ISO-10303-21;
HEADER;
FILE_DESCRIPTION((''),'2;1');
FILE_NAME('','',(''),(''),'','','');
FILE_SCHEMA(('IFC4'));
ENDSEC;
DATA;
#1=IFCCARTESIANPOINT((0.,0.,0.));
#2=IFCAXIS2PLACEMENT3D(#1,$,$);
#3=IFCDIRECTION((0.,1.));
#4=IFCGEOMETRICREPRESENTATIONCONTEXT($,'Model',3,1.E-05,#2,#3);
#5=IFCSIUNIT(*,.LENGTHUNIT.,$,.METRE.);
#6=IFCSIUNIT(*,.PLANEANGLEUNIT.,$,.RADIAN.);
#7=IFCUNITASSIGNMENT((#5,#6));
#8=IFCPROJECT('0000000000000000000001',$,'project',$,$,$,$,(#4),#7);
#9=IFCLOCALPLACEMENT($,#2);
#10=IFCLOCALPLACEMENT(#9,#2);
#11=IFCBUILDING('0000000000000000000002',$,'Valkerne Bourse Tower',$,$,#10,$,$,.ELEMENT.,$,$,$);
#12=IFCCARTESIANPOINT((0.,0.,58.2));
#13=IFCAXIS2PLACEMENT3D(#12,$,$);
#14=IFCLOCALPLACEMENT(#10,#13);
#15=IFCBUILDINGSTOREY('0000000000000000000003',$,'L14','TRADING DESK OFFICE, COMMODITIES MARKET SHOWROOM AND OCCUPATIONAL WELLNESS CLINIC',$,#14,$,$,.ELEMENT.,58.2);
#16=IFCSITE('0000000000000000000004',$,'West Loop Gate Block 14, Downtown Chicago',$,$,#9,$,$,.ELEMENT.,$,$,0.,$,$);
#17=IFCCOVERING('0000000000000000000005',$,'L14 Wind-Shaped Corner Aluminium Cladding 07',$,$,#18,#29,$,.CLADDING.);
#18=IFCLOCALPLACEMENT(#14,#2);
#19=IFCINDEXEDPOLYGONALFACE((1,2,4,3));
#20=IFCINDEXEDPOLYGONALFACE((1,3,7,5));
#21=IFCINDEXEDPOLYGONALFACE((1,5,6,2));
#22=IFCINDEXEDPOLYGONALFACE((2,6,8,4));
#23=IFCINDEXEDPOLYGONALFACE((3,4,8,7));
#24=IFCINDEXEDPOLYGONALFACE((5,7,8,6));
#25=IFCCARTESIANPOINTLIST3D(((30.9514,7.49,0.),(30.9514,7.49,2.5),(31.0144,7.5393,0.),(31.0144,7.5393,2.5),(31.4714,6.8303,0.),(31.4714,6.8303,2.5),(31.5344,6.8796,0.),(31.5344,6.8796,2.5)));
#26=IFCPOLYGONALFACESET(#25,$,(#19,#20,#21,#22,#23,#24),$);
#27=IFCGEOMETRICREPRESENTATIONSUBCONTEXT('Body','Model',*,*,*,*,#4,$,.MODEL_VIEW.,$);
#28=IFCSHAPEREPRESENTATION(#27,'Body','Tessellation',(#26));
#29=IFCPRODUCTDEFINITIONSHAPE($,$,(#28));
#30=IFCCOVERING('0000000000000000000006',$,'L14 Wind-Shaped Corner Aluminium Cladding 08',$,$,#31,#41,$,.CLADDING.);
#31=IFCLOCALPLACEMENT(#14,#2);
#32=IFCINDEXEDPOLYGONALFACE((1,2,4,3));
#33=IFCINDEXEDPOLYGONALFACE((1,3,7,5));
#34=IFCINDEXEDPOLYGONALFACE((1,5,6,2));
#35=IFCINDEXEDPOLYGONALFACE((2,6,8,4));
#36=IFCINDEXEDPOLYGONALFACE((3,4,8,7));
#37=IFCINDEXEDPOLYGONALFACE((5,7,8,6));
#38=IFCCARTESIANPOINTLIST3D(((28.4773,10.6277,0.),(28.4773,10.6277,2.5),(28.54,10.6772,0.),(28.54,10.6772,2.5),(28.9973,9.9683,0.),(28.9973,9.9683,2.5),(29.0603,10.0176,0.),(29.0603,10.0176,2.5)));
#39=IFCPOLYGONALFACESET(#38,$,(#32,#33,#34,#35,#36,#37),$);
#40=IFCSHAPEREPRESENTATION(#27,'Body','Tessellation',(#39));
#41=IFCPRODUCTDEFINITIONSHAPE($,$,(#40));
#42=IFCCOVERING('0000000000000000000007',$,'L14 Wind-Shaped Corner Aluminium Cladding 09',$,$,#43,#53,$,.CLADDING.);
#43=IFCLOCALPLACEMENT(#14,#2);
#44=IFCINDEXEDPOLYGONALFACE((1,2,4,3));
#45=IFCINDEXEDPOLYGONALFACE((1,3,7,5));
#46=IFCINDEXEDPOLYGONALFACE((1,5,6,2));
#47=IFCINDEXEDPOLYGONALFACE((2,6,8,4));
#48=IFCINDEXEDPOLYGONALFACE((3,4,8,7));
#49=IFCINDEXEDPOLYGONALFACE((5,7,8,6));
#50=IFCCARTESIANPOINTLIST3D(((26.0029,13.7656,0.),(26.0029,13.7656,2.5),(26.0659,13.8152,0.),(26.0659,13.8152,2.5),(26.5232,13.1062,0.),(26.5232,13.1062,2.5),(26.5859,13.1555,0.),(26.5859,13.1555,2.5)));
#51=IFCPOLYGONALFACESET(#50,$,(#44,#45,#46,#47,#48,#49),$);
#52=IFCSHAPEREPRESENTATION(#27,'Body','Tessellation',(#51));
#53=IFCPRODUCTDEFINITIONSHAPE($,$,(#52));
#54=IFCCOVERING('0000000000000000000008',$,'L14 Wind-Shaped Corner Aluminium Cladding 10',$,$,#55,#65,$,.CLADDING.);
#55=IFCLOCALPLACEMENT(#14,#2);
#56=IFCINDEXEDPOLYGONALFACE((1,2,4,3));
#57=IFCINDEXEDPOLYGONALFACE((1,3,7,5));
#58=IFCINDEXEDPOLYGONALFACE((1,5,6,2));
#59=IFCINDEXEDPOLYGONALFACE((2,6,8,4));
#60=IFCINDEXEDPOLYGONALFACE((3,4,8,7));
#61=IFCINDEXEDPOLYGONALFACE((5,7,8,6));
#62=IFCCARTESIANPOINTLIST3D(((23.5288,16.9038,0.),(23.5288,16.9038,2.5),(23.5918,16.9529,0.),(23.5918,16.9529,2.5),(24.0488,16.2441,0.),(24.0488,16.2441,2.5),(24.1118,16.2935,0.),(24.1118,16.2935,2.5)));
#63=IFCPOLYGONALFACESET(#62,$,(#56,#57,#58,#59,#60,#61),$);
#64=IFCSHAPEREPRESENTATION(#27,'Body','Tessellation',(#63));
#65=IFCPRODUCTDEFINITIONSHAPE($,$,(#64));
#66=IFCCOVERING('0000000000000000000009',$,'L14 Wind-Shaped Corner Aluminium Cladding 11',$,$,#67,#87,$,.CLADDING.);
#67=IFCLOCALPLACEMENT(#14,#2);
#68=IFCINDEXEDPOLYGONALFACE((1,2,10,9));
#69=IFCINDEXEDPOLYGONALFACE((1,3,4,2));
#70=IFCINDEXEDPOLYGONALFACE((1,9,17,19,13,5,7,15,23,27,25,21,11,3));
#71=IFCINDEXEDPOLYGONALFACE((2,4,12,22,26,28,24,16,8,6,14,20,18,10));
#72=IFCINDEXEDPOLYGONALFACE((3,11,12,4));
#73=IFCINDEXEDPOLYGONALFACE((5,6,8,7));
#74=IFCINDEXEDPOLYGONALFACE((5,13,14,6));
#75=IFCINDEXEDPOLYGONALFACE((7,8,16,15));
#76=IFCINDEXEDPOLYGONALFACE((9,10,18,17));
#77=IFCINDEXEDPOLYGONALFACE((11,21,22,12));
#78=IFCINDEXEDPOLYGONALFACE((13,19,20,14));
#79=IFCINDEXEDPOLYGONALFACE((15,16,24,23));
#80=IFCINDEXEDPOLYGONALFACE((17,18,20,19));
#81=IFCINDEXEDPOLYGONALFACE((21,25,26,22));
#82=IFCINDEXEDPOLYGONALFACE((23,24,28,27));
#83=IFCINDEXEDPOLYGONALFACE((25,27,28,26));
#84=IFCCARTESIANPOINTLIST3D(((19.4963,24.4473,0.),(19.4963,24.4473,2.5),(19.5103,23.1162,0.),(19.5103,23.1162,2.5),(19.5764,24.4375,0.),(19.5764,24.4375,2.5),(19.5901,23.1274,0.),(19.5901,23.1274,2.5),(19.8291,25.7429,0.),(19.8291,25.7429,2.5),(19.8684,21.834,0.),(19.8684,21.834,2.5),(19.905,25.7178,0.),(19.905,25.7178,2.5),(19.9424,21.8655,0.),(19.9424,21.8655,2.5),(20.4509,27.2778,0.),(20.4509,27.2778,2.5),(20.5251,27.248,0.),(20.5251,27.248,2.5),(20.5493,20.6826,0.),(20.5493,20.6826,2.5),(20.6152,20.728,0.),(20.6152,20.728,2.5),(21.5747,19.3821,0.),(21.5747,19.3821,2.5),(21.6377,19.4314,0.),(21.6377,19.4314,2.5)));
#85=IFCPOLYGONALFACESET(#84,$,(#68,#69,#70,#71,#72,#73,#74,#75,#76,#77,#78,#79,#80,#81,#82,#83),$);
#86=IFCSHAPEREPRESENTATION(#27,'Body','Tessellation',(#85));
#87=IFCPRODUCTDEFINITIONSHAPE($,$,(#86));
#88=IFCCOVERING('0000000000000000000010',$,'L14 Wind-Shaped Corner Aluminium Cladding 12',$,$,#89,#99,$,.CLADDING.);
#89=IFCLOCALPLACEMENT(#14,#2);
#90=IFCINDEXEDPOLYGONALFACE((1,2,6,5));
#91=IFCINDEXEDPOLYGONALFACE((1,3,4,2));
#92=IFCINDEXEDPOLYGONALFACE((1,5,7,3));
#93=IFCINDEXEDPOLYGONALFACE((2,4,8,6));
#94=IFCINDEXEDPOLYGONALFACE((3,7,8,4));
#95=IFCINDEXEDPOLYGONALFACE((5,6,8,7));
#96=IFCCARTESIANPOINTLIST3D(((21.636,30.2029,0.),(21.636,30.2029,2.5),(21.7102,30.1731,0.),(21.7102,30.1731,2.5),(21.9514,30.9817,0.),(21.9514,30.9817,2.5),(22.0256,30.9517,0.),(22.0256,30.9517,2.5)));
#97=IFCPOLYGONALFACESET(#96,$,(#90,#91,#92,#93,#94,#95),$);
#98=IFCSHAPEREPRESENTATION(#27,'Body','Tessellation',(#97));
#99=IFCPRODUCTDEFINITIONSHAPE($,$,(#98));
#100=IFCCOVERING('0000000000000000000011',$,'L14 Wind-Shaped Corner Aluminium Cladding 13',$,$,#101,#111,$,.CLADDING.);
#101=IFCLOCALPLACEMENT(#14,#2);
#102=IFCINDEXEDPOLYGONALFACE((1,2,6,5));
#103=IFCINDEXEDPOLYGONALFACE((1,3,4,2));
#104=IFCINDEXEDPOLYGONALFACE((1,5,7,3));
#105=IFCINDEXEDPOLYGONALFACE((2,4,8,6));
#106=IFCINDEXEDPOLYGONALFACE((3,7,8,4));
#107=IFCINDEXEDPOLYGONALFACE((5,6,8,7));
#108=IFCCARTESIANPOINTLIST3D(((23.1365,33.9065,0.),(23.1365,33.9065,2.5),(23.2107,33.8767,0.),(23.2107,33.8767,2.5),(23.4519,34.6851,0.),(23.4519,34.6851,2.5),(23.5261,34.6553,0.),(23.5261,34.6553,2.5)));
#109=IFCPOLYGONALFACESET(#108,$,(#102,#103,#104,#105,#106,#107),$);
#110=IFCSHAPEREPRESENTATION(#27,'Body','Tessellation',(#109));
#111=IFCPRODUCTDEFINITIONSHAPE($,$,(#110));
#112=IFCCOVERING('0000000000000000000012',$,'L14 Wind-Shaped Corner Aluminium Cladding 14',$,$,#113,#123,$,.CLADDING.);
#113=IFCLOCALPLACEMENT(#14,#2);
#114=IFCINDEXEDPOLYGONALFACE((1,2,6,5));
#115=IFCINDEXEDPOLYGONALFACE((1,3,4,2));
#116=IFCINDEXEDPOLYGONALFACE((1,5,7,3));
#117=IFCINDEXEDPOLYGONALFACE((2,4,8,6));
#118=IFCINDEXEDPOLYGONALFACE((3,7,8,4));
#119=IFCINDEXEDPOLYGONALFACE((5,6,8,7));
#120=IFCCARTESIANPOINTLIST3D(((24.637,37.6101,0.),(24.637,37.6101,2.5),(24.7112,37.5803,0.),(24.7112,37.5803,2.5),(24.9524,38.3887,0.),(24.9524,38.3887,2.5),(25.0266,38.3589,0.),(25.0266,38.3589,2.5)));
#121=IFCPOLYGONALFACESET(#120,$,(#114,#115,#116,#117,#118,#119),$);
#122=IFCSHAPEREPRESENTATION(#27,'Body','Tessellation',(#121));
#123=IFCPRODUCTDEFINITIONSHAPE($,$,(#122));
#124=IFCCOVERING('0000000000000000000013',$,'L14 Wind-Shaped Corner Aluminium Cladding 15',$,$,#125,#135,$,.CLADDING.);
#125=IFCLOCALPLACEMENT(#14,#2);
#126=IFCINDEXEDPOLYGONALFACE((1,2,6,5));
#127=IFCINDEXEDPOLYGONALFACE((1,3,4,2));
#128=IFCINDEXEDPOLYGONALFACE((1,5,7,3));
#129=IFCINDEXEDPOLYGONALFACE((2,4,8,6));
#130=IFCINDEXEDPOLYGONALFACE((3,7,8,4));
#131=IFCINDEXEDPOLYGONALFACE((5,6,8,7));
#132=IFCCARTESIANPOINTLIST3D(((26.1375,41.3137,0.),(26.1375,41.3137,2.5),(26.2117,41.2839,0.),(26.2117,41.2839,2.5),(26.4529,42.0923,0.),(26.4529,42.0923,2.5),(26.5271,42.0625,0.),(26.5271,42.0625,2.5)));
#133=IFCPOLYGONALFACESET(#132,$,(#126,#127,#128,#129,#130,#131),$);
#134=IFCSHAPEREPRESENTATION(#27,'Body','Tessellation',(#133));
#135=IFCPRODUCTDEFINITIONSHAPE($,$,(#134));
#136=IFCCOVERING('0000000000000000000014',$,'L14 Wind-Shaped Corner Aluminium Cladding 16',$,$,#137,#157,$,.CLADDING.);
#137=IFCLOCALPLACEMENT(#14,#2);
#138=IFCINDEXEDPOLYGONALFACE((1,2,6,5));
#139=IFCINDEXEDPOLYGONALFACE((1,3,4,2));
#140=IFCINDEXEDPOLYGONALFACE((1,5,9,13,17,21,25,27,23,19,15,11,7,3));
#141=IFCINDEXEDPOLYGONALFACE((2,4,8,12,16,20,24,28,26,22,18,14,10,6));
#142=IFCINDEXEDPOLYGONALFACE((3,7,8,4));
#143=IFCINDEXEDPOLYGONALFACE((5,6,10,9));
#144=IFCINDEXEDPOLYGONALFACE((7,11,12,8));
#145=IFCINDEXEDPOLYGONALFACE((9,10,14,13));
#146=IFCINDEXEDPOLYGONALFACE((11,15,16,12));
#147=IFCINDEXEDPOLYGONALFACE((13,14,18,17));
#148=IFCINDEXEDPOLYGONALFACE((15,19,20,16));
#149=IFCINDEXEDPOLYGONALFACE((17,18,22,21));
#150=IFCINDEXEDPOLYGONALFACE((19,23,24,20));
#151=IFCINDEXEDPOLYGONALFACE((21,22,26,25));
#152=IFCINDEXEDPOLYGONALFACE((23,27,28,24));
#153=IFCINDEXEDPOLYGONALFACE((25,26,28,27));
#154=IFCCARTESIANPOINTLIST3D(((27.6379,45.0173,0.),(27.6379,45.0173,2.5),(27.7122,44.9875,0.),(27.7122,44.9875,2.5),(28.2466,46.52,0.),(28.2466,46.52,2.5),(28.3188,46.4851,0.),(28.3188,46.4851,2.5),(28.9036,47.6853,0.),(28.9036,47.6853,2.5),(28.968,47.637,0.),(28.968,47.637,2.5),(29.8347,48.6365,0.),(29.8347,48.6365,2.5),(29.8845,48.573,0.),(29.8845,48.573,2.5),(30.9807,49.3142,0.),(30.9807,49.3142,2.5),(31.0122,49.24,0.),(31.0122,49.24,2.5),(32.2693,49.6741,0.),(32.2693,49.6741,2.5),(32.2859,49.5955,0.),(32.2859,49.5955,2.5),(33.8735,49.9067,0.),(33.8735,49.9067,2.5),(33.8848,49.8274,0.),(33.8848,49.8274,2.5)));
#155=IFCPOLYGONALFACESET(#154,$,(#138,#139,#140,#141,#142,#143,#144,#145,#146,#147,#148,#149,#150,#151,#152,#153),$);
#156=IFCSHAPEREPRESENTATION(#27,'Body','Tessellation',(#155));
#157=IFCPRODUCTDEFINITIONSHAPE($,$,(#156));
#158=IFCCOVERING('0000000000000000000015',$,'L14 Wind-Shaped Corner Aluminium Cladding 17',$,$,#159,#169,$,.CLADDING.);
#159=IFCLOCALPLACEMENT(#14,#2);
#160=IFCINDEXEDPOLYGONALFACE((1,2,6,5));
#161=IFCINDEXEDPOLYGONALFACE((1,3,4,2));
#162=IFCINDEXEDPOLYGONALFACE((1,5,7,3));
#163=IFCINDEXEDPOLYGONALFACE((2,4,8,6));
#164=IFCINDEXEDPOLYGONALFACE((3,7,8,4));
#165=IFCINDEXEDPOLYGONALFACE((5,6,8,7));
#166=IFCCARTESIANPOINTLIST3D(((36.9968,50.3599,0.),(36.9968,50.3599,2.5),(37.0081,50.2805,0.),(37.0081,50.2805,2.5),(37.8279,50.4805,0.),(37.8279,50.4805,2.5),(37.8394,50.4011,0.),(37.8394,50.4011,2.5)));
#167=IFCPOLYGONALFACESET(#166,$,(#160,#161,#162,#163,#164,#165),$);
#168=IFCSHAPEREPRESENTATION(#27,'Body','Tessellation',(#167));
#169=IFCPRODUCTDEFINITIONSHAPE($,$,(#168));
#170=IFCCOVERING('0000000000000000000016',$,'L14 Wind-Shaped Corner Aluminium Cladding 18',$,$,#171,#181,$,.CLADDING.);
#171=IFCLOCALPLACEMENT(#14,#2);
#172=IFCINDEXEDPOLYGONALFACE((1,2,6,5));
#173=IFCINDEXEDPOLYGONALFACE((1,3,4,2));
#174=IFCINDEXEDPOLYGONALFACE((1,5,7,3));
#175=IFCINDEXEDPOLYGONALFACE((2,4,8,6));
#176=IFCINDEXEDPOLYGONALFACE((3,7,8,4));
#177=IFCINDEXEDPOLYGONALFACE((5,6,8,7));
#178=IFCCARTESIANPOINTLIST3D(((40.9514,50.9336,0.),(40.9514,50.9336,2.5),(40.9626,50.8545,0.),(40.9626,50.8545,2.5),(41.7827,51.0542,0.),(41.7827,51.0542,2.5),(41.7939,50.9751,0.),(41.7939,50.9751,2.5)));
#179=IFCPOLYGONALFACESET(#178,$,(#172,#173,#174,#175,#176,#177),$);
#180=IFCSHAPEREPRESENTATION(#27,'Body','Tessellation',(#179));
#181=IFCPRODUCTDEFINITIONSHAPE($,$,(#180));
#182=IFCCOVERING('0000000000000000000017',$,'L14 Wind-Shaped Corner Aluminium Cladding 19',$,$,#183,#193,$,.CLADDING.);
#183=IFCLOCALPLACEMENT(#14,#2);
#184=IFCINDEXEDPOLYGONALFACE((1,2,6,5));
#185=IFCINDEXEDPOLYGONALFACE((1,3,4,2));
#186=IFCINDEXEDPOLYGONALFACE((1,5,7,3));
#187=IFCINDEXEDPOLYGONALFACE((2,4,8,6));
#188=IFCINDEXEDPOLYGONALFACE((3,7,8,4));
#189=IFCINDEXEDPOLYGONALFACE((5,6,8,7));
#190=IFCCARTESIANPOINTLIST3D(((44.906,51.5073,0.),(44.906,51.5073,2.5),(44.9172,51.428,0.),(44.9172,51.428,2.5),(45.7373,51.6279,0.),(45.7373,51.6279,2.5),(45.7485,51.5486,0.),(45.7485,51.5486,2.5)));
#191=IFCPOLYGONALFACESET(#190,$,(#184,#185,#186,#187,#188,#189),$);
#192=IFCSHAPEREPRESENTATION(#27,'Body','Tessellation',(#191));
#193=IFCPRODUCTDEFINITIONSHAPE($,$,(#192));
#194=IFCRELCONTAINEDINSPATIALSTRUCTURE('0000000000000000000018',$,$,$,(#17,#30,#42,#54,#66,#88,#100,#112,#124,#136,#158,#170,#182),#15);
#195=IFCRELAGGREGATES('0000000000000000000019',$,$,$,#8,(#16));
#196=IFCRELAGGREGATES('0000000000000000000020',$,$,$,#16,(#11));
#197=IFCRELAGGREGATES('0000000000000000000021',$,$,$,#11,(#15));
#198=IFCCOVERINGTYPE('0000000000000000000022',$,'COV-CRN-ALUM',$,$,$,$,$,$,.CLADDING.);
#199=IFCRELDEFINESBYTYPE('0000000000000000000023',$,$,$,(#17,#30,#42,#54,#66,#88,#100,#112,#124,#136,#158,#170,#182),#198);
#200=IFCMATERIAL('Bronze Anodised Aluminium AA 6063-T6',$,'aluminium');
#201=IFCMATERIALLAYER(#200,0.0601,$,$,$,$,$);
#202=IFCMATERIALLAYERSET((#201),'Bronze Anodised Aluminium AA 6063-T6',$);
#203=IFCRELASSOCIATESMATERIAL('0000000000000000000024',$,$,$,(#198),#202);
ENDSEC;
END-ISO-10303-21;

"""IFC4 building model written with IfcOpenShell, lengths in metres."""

from ifc_helpers import new_model, si_unit, direction, frame, origin, place, context, subcontext, project, spatial, polyline, outline, extrude, material, layer, layer_set, type_object, element, save


model = new_model("IFC4")

# Units and contexts
model_context = context("Model", 3, precision=1e-05, world=origin(), true_north=direction((0.0, 1.0)))
body_context = subcontext(model_context, "Body", "Model", "MODEL_VIEW")
ifc_project = project(units=[si_unit("LENGTHUNIT", "METRE"), si_unit("PLANEANGLEUNIT", "RADIAN")], contexts=[model_context])

# Site, building, storey
site_placement = place(None, origin())
site = spatial("IfcSite", under=ifc_project, at=site_placement, Name="West Loop Gate Block 14, Downtown Chicago", CompositionType="ELEMENT", RefElevation=0.0)
building_placement = place(site_placement, origin())
building = spatial("IfcBuilding", under=site, at=building_placement, Name="Valkerne Bourse Tower", CompositionType="ELEMENT")
storey_placement = place(building_placement, frame((0.0, 0.0, 58.2)))
storey = spatial("IfcBuildingStorey", under=building, at=storey_placement, Name="L14", Description="TRADING DESK OFFICE, COMMODITIES MARKET SHOWROOM AND OCCUPATIONAL WELLNESS CLINIC", CompositionType="ELEMENT", Elevation=58.2)

# Coverings
ifc_material_1 = material(Name="Bronze Anodised Aluminium AA 6063-T6", Category="aluminium")
ifc_layer_1 = layer(ifc_material_1, 0.0601)
ifc_layer_set_1 = layer_set([ifc_layer_1], Name="Bronze Anodised Aluminium AA 6063-T6")
covering_type = type_object("IfcCoveringType", Name="COV-CRN-ALUM", PredefinedType="CLADDING", material=ifc_layer_set_1)
covering_1_placement = place(storey_placement, origin())
element("IfcCovering", 1, at=covering_1_placement, inside=storey, type_object=covering_type, Name="L14 Wind-Shaped Corner Aluminium Cladding 07", PredefinedType="CLADDING", context=body_context, shape_type="SweptSolid", body=[
    extrude(outline(polyline([(30.9514, 7.49), (31.0144, 7.5393), (31.5344, 6.8796), (31.4714, 6.8303), (30.9514, 7.49)])), origin(), (0.0, 0.0, 1.0), 2.5),
])
covering_2_placement = place(storey_placement, origin())
element("IfcCovering", 2, at=covering_2_placement, inside=storey, type_object=covering_type, Name="L14 Wind-Shaped Corner Aluminium Cladding 08", PredefinedType="CLADDING", context=body_context, shape_type="SweptSolid", body=[
    extrude(outline(polyline([(28.4773, 10.6277), (28.54, 10.6772), (29.0603, 10.0176), (28.9973, 9.9683), (28.4773, 10.6277)])), origin(), (0.0, 0.0, 1.0), 2.5),
])
covering_3_placement = place(storey_placement, origin())
element("IfcCovering", 3, at=covering_3_placement, inside=storey, type_object=covering_type, Name="L14 Wind-Shaped Corner Aluminium Cladding 09", PredefinedType="CLADDING", context=body_context, shape_type="SweptSolid", body=[
    extrude(outline(polyline([(26.0029, 13.7656), (26.0659, 13.8152), (26.5859, 13.1555), (26.5232, 13.1062), (26.0029, 13.7656)])), origin(), (0.0, 0.0, 1.0), 2.5),
])
covering_4_placement = place(storey_placement, origin())
element("IfcCovering", 4, at=covering_4_placement, inside=storey, type_object=covering_type, Name="L14 Wind-Shaped Corner Aluminium Cladding 10", PredefinedType="CLADDING", context=body_context, shape_type="SweptSolid", body=[
    extrude(outline(polyline([(23.5288, 16.9038), (23.5918, 16.9529), (24.1118, 16.2935), (24.0488, 16.2441), (23.5288, 16.9038)])), origin(), (0.0, 0.0, 1.0), 2.5),
])
covering_5_placement = place(storey_placement, origin())
element("IfcCovering", 5, at=covering_5_placement, inside=storey, type_object=covering_type, Name="L14 Wind-Shaped Corner Aluminium Cladding 11", PredefinedType="CLADDING", context=body_context, shape_type="SweptSolid", body=[
    extrude(outline(polyline([(20.5493, 20.6826), (19.8684, 21.834), (19.5103, 23.1162), (19.4963, 24.4473), (19.8291, 25.7429), (20.4509, 27.2778), (20.5251, 27.248), (19.905, 25.7178), (19.5764, 24.4375), (19.5901, 23.1274), (19.9424, 21.8655), (20.6152, 20.728), (21.6377, 19.4314), (21.5747, 19.3821), (20.5493, 20.6826)])), origin(), (0.0, 0.0, 1.0), 2.5),
])
covering_6_placement = place(storey_placement, origin())
element("IfcCovering", 6, at=covering_6_placement, inside=storey, type_object=covering_type, Name="L14 Wind-Shaped Corner Aluminium Cladding 12", PredefinedType="CLADDING", context=body_context, shape_type="SweptSolid", body=[
    extrude(outline(polyline([(21.9514, 30.9817), (22.0256, 30.9517), (21.7102, 30.1731), (21.636, 30.2029), (21.9514, 30.9817)])), origin(), (0.0, 0.0, 1.0), 2.5),
])
covering_7_placement = place(storey_placement, origin())
element("IfcCovering", 7, at=covering_7_placement, inside=storey, type_object=covering_type, Name="L14 Wind-Shaped Corner Aluminium Cladding 13", PredefinedType="CLADDING", context=body_context, shape_type="SweptSolid", body=[
    extrude(outline(polyline([(23.4519, 34.6851), (23.5261, 34.6553), (23.2107, 33.8767), (23.1365, 33.9065), (23.4519, 34.6851)])), origin(), (0.0, 0.0, 1.0), 2.5),
])
covering_8_placement = place(storey_placement, origin())
element("IfcCovering", 8, at=covering_8_placement, inside=storey, type_object=covering_type, Name="L14 Wind-Shaped Corner Aluminium Cladding 14", PredefinedType="CLADDING", context=body_context, shape_type="SweptSolid", body=[
    extrude(outline(polyline([(24.9524, 38.3887), (25.0266, 38.3589), (24.7112, 37.5803), (24.637, 37.6101), (24.9524, 38.3887)])), origin(), (0.0, 0.0, 1.0), 2.5),
])
covering_9_placement = place(storey_placement, origin())
element("IfcCovering", 9, at=covering_9_placement, inside=storey, type_object=covering_type, Name="L14 Wind-Shaped Corner Aluminium Cladding 15", PredefinedType="CLADDING", context=body_context, shape_type="SweptSolid", body=[
    extrude(outline(polyline([(26.4529, 42.0923), (26.5271, 42.0625), (26.2117, 41.2839), (26.1375, 41.3137), (26.4529, 42.0923)])), origin(), (0.0, 0.0, 1.0), 2.5),
])
covering_10_placement = place(storey_placement, origin())
element("IfcCovering", 10, at=covering_10_placement, inside=storey, type_object=covering_type, Name="L14 Wind-Shaped Corner Aluminium Cladding 16", PredefinedType="CLADDING", context=body_context, shape_type="SweptSolid", body=[
    extrude(outline(polyline([(28.2466, 46.52), (28.9036, 47.6853), (29.8347, 48.6365), (30.9807, 49.3142), (32.2693, 49.6741), (33.8735, 49.9067), (33.8848, 49.8274), (32.2859, 49.5955), (31.0122, 49.24), (29.8845, 48.573), (28.968, 47.637), (28.3188, 46.4851), (27.7122, 44.9875), (27.6379, 45.0173), (28.2466, 46.52)])), origin(), (0.0, 0.0, 1.0), 2.5),
])
covering_11_placement = place(storey_placement, origin())
element("IfcCovering", 11, at=covering_11_placement, inside=storey, type_object=covering_type, Name="L14 Wind-Shaped Corner Aluminium Cladding 17", PredefinedType="CLADDING", context=body_context, shape_type="SweptSolid", body=[
    extrude(outline(polyline([(37.8279, 50.4805), (37.8394, 50.4011), (37.0081, 50.2805), (36.9968, 50.3599), (37.8279, 50.4805)])), origin(), (0.0, 0.0, 1.0), 2.5),
])
covering_12_placement = place(storey_placement, origin())
element("IfcCovering", 12, at=covering_12_placement, inside=storey, type_object=covering_type, Name="L14 Wind-Shaped Corner Aluminium Cladding 18", PredefinedType="CLADDING", context=body_context, shape_type="SweptSolid", body=[
    extrude(outline(polyline([(41.7827, 51.0542), (41.7939, 50.9751), (40.9626, 50.8545), (40.9514, 50.9336), (41.7827, 51.0542)])), origin(), (0.0, 0.0, 1.0), 2.5),
])
covering_13_placement = place(storey_placement, origin())
element("IfcCovering", 13, at=covering_13_placement, inside=storey, type_object=covering_type, Name="L14 Wind-Shaped Corner Aluminium Cladding 19", PredefinedType="CLADDING", context=body_context, shape_type="SweptSolid", body=[
    extrude(outline(polyline([(45.7373, 51.6279), (45.7485, 51.5486), (44.9172, 51.428), (44.906, 51.5073), (45.7373, 51.6279)])), origin(), (0.0, 0.0, 1.0), 2.5),
])

save(model, "model.ifc")
